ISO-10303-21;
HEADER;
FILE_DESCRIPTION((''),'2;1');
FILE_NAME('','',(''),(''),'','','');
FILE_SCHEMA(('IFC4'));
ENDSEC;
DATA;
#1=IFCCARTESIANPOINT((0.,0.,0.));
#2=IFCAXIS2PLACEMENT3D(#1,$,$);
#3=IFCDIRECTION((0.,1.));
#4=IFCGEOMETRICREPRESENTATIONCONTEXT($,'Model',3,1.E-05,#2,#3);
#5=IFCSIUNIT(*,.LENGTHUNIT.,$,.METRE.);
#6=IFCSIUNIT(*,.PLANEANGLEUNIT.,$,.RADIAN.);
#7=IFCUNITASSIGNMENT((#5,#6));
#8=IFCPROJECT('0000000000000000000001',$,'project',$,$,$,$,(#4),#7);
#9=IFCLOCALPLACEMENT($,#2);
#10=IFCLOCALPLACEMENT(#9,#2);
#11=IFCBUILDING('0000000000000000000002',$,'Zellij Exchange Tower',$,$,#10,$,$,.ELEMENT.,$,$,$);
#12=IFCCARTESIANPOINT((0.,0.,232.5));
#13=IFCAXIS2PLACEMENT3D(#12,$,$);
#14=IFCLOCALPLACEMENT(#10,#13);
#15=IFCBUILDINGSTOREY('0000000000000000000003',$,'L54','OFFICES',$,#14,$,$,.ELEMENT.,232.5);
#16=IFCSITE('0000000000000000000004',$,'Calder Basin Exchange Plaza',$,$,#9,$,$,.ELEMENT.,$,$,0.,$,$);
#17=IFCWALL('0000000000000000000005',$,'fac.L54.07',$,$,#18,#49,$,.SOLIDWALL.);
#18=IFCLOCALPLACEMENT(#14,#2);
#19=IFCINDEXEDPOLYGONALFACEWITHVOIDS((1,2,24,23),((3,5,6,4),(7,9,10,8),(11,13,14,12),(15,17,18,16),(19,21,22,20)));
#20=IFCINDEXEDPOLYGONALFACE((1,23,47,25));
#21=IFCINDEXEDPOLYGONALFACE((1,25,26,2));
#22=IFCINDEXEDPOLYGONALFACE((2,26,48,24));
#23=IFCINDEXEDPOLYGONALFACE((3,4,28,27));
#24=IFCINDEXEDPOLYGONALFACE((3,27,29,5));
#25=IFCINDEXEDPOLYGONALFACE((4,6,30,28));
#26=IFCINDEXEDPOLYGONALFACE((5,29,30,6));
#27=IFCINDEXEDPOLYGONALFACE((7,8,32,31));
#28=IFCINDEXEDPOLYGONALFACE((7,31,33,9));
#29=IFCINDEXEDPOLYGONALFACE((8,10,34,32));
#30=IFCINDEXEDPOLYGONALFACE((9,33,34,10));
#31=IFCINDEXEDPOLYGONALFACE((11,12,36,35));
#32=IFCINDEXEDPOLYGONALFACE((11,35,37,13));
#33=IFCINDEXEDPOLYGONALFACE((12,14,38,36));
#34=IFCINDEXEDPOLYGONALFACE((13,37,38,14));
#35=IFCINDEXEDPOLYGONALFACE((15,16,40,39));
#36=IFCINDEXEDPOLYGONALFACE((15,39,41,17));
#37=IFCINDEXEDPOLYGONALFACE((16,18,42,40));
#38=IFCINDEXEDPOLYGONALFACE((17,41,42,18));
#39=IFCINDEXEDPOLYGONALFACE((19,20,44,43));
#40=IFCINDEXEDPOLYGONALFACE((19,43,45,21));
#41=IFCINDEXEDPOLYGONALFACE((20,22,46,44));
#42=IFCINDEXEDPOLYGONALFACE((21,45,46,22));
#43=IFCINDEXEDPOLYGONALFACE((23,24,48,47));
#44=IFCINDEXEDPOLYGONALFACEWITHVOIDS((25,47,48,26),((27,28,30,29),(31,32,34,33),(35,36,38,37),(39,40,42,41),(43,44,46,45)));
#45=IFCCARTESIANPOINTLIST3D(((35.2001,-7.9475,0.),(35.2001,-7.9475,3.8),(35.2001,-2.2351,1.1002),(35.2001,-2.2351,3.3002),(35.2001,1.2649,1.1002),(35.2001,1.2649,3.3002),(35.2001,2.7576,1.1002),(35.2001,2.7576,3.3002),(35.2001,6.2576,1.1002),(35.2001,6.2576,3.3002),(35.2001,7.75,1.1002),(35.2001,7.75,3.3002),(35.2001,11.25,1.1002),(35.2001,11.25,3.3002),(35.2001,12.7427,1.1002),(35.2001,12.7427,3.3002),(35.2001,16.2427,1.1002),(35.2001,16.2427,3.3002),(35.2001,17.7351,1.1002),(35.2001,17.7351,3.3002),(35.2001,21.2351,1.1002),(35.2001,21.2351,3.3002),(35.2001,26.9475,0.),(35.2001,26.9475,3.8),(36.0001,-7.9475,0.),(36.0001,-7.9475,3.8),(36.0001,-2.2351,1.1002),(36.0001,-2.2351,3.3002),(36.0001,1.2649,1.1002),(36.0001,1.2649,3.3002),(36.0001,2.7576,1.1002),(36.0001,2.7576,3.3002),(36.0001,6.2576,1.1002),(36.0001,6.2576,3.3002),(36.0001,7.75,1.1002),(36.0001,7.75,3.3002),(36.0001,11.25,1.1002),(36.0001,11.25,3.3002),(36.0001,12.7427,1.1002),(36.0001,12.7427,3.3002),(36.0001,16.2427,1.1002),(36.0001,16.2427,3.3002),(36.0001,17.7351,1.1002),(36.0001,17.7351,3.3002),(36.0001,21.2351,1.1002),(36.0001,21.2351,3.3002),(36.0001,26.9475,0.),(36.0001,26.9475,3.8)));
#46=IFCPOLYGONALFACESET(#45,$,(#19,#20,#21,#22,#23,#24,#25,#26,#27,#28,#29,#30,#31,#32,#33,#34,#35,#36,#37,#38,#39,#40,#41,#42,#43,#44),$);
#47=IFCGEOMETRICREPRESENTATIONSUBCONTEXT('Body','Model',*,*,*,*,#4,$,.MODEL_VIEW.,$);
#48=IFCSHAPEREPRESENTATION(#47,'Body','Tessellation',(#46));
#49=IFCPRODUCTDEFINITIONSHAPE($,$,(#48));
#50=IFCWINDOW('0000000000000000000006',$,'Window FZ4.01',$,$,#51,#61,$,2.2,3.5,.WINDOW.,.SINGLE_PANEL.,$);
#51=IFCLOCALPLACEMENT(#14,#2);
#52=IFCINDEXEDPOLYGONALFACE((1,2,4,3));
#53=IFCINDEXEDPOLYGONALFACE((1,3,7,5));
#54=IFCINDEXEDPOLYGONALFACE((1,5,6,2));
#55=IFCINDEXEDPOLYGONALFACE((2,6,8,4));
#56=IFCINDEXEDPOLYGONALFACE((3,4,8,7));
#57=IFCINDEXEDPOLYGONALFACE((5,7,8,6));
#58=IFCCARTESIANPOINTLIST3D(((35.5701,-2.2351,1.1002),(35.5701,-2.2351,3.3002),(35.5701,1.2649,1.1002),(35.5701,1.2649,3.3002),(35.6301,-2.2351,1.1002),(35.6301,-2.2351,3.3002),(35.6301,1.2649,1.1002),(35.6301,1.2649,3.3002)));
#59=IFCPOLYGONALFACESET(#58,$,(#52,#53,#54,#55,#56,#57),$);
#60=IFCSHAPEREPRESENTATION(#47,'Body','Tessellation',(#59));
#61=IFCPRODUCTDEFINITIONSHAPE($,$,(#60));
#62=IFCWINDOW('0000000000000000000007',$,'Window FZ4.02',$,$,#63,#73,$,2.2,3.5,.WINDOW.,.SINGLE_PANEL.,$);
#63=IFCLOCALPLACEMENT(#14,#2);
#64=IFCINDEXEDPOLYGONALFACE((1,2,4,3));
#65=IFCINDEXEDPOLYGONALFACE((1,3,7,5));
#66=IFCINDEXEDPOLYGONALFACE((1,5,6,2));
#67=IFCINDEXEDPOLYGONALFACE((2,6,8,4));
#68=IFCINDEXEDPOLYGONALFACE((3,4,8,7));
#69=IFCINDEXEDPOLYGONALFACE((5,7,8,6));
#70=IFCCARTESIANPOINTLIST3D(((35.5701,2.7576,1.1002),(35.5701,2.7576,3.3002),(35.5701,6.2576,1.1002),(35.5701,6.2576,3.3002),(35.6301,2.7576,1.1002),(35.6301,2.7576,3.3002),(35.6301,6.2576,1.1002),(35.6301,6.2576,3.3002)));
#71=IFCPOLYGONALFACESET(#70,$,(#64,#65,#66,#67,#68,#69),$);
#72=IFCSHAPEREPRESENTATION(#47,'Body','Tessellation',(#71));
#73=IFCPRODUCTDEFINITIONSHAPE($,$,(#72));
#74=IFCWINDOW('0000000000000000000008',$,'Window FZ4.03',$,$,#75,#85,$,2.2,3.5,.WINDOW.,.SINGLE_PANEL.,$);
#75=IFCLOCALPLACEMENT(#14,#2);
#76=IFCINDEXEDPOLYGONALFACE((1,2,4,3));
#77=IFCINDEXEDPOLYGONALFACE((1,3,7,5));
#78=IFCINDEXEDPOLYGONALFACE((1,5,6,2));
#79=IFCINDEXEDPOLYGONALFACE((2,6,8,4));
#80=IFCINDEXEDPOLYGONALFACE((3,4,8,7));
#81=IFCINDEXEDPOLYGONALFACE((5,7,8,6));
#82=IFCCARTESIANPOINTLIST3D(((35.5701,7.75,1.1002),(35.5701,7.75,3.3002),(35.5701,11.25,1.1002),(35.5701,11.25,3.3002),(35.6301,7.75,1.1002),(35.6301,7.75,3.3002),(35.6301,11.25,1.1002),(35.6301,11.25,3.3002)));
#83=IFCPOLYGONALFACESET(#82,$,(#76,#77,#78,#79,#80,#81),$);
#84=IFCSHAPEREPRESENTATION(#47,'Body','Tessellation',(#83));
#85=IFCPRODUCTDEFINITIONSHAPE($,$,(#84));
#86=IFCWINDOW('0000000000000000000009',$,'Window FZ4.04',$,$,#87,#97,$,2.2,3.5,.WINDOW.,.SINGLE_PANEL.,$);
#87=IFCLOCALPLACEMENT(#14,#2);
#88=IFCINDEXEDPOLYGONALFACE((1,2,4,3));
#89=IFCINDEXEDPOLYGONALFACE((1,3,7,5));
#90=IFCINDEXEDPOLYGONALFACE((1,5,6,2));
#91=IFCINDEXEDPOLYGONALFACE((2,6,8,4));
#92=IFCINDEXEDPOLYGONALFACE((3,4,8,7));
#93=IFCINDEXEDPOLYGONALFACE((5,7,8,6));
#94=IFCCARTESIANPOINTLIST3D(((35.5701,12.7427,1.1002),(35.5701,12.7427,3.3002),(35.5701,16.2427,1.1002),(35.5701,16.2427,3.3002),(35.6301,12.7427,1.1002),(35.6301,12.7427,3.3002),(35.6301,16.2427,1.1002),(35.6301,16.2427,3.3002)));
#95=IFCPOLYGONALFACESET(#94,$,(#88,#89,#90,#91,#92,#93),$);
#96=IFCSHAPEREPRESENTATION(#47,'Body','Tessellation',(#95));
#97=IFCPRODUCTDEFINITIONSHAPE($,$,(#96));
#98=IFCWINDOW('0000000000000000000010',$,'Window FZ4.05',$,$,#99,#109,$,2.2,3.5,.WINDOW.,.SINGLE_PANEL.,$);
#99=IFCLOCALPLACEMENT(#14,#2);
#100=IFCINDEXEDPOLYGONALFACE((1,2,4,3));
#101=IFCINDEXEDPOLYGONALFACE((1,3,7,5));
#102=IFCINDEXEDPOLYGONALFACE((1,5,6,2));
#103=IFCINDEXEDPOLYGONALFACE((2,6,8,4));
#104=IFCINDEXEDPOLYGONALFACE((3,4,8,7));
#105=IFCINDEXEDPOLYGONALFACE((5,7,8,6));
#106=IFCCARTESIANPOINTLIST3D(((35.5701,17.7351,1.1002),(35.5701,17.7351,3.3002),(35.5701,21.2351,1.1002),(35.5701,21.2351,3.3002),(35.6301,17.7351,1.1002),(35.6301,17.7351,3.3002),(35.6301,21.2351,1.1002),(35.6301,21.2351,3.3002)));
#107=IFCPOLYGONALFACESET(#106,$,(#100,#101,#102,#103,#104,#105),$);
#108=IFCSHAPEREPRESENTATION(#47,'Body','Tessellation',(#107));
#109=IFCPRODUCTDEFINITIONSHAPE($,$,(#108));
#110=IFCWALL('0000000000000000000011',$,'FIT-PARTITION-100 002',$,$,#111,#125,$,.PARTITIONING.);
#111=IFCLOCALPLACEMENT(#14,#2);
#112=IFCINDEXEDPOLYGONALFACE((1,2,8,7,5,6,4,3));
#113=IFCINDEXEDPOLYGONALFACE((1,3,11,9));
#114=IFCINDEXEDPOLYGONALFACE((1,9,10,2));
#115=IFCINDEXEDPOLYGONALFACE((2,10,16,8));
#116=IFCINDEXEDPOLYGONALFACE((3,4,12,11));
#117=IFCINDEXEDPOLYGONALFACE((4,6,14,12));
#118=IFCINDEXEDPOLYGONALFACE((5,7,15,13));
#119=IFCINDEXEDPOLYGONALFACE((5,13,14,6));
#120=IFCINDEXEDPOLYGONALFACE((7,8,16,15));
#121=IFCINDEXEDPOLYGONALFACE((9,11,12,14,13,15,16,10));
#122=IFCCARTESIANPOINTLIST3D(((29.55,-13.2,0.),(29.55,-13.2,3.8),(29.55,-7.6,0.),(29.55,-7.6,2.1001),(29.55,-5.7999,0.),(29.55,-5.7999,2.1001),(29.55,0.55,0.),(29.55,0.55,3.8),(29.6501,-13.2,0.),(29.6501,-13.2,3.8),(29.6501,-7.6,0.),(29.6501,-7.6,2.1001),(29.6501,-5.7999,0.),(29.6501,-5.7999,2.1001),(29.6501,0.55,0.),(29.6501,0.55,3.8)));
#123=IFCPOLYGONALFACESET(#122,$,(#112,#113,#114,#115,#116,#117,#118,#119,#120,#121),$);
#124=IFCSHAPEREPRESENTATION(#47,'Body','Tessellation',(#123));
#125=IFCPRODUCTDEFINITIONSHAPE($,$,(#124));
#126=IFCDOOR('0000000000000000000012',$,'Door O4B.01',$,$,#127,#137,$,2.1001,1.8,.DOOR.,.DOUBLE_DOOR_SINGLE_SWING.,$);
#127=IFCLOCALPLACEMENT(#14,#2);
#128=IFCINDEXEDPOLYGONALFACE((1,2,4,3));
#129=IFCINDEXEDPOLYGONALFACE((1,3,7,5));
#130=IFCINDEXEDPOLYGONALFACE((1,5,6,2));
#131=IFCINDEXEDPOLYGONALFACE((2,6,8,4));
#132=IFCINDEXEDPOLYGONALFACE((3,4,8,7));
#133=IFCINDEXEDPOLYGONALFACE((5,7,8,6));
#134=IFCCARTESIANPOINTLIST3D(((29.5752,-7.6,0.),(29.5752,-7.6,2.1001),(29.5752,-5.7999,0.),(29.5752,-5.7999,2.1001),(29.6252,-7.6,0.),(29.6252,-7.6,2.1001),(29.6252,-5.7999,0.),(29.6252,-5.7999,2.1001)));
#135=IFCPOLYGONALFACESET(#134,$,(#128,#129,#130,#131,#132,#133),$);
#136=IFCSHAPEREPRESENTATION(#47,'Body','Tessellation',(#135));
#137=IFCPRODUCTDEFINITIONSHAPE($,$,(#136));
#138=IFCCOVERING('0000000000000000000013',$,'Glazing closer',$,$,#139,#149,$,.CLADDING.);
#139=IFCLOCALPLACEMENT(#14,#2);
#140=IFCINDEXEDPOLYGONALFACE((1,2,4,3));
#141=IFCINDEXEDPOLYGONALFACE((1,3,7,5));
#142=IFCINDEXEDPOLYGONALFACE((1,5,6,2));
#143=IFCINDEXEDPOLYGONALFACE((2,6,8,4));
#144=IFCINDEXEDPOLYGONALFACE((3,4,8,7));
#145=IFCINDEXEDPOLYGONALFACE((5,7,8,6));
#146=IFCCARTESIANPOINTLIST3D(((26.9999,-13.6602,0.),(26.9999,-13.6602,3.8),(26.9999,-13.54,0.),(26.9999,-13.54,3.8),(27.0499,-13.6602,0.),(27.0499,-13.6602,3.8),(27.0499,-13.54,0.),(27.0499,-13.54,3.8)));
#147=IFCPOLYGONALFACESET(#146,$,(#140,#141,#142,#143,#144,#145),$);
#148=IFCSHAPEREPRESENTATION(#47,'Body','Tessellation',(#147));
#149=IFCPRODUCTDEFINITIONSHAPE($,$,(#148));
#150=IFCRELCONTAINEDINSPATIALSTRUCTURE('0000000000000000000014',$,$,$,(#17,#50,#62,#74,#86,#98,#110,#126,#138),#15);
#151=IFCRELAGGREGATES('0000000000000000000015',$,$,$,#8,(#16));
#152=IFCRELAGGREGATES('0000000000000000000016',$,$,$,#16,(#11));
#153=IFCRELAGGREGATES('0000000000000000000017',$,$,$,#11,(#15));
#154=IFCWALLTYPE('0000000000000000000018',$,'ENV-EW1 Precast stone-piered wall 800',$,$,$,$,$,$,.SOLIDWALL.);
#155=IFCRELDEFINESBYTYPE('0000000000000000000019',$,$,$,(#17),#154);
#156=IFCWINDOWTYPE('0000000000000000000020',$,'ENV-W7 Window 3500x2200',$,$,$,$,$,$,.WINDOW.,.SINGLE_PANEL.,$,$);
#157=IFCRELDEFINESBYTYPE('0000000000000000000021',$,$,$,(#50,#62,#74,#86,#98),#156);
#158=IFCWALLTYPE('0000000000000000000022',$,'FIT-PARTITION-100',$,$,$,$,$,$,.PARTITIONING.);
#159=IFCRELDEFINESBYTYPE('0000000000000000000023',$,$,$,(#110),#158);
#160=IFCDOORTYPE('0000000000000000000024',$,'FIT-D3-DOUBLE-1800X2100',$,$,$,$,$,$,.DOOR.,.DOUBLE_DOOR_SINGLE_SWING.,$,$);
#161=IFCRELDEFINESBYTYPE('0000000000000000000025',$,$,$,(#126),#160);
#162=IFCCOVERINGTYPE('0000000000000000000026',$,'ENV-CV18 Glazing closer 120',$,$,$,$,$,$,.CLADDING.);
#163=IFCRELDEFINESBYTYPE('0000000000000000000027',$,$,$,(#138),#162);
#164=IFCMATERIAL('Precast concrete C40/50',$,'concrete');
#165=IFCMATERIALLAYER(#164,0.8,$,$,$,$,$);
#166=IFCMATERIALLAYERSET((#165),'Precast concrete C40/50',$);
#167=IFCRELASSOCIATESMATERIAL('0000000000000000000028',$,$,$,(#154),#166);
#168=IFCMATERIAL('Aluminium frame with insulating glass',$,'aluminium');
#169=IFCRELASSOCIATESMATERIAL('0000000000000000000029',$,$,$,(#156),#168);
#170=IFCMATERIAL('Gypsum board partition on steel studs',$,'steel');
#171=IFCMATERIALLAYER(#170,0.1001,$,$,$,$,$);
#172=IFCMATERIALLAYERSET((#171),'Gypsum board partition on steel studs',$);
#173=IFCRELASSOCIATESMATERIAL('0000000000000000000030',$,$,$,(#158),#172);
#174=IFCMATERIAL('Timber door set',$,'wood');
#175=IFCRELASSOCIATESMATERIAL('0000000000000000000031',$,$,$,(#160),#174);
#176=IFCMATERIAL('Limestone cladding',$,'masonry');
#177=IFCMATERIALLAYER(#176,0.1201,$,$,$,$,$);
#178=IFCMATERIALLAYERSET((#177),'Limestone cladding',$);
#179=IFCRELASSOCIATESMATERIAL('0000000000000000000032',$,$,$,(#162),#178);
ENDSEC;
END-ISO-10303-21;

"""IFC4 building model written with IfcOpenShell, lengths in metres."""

from ifc_helpers import new_model, si_unit, direction, frame, frame_2d, origin, origin_2d, place, context, subcontext, project, spatial, rectangle, extrude, material, layer, layer_set, type_object, element, fill, save


model = new_model("IFC4")

# Units and contexts
model_context = context("Model", 3, precision=1e-05, world=origin(), true_north=direction((0.0, 1.0)))
body_context = subcontext(model_context, "Body", "Model", "MODEL_VIEW")
ifc_project = project(units=[si_unit("LENGTHUNIT", "METRE"), si_unit("PLANEANGLEUNIT", "RADIAN")], contexts=[model_context])

# Site, building, storey
site_placement = place(None, origin())
site = spatial("IfcSite", under=ifc_project, at=site_placement, Name="Calder Basin Exchange Plaza", CompositionType="ELEMENT", RefElevation=0.0)
building_placement = place(site_placement, origin())
building = spatial("IfcBuilding", under=site, at=building_placement, Name="Zellij Exchange Tower", CompositionType="ELEMENT")
storey_placement = place(building_placement, frame((0.0, 0.0, 232.5)))
storey = spatial("IfcBuildingStorey", under=building, at=storey_placement, Name="L54", Description="OFFICES", CompositionType="ELEMENT", Elevation=232.5)

# Shared definitions
ifc_material_1 = material(Name="Precast concrete C40/50", Category="concrete")
ifc_layer_1 = layer(ifc_material_1, 0.8)
ifc_layer_set_1 = layer_set([ifc_layer_1], Name="Precast concrete C40/50")
wall_type_1 = type_object("IfcWallType", Name="ENV-EW1 Precast stone-piered wall 800", PredefinedType="SOLIDWALL", material=ifc_layer_set_1)

# Wall, openings, windows
wall_1_placement = place(storey_placement, frame((35.6001, -7.9475, 0.0), z_axis=(0.0, 0.0, 1.0), x_axis=(0.0, 1.0, 0.0)))
wall_1 = element("IfcWall", 1, at=wall_1_placement, inside=storey, type_object=wall_type_1, Name="fac.L54.07", PredefinedType="SOLIDWALL", context=body_context, shape_type="SweptSolid", body=[
    extrude(rectangle(XDim=34.895, YDim=0.8, at=frame_2d((17.4475, 0.0))), origin(), (0.0, 0.0, 1.0), 3.8),
])
opening_1_placement = place(wall_1_placement, frame((5.7124, 0.0, 1.1001)))
opening_1 = element("IfcOpeningElement", 2, at=opening_1_placement, cuts=wall_1, PredefinedType="OPENING", context=body_context, shape_type="SweptSolid", body=[
    extrude(rectangle(XDim=3.5, YDim=2.2, at=frame_2d((1.75, 1.1001))), frame((0.0, 0.4121, 0.0), z_axis=(0.0, -1.0, 0.0), x_axis=(1.0, 0.0, 0.0)), (0.0, 0.0, 1.0), 0.824),
])
opening_2_placement = place(wall_1_placement, frame((10.7051, 0.0, 1.1001)))
opening_2 = element("IfcOpeningElement", 3, at=opening_2_placement, cuts=wall_1, PredefinedType="OPENING", context=body_context, shape_type="SweptSolid", body=[
    extrude(rectangle(XDim=3.5, YDim=2.2, at=frame_2d((1.75, 1.1001))), frame((0.0, 0.4121, 0.0), z_axis=(0.0, -1.0, 0.0), x_axis=(1.0, 0.0, 0.0)), (0.0, 0.0, 1.0), 0.824),
])
opening_3_placement = place(wall_1_placement, frame((15.6975, 0.0, 1.1001)))
opening_3 = element("IfcOpeningElement", 4, at=opening_3_placement, cuts=wall_1, PredefinedType="OPENING", context=body_context, shape_type="SweptSolid", body=[
    extrude(rectangle(XDim=3.5, YDim=2.2, at=frame_2d((1.75, 1.1001))), frame((0.0, 0.4121, 0.0), z_axis=(0.0, -1.0, 0.0), x_axis=(1.0, 0.0, 0.0)), (0.0, 0.0, 1.0), 0.824),
])
opening_4_placement = place(wall_1_placement, frame((20.6902, 0.0, 1.1001)))
opening_4 = element("IfcOpeningElement", 5, at=opening_4_placement, cuts=wall_1, PredefinedType="OPENING", context=body_context, shape_type="SweptSolid", body=[
    extrude(rectangle(XDim=3.5, YDim=2.2, at=frame_2d((1.75, 1.1001))), frame((0.0, 0.4121, 0.0), z_axis=(0.0, -1.0, 0.0), x_axis=(1.0, 0.0, 0.0)), (0.0, 0.0, 1.0), 0.824),
])
opening_5_placement = place(wall_1_placement, frame((25.6826, 0.0, 1.1001)))
opening_5 = element("IfcOpeningElement", 6, at=opening_5_placement, cuts=wall_1, PredefinedType="OPENING", context=body_context, shape_type="SweptSolid", body=[
    extrude(rectangle(XDim=3.5, YDim=2.2, at=frame_2d((1.75, 1.1001))), frame((0.0, 0.4121, 0.0), z_axis=(0.0, -1.0, 0.0), x_axis=(1.0, 0.0, 0.0)), (0.0, 0.0, 1.0), 0.824),
])
ifc_material_2 = material(Name="Aluminium frame with insulating glass", Category="aluminium")
window_type = type_object("IfcWindowType", Name="ENV-W7 Window 3500x2200", PartitioningType="SINGLE_PANEL", PredefinedType="WINDOW", material=ifc_material_2)
window_1_placement = place(opening_1_placement, origin())
window_1 = element("IfcWindow", 7, at=window_1_placement, inside=storey, type_object=window_type, Name="Window FZ4.01", OverallHeight=2.2, OverallWidth=3.5, PartitioningType="SINGLE_PANEL", PredefinedType="WINDOW", context=body_context, shape_type="SweptSolid", body=[
    extrude(rectangle(XDim=3.5, YDim=2.2, at=frame_2d((1.75, 1.1001))), frame((0.0, 0.03, 0.0), z_axis=(0.0, -1.0, 0.0), x_axis=(1.0, 0.0, 0.0)), (0.0, 0.0, 1.0), 0.0601),
])
fill(opening_1, window_1)
window_2_placement = place(opening_2_placement, origin())
window_2 = element("IfcWindow", 8, at=window_2_placement, inside=storey, type_object=window_type, Name="Window FZ4.02", OverallHeight=2.2, OverallWidth=3.5, PartitioningType="SINGLE_PANEL", PredefinedType="WINDOW", context=body_context, shape_type="SweptSolid", body=[
    extrude(rectangle(XDim=3.5, YDim=2.2, at=frame_2d((1.75, 1.1001))), frame((0.0, 0.03, 0.0), z_axis=(0.0, -1.0, 0.0), x_axis=(1.0, 0.0, 0.0)), (0.0, 0.0, 1.0), 0.0601),
])
fill(opening_2, window_2)
window_3_placement = place(opening_3_placement, origin())
window_3 = element("IfcWindow", 9, at=window_3_placement, inside=storey, type_object=window_type, Name="Window FZ4.03", OverallHeight=2.2, OverallWidth=3.5, PartitioningType="SINGLE_PANEL", PredefinedType="WINDOW", context=body_context, shape_type="SweptSolid", body=[
    extrude(rectangle(XDim=3.5, YDim=2.2, at=frame_2d((1.75, 1.1001))), frame((0.0, 0.03, 0.0), z_axis=(0.0, -1.0, 0.0), x_axis=(1.0, 0.0, 0.0)), (0.0, 0.0, 1.0), 0.0601),
])
fill(opening_3, window_3)
window_4_placement = place(opening_4_placement, origin())
window_4 = element("IfcWindow", 10, at=window_4_placement, inside=storey, type_object=window_type, Name="Window FZ4.04", OverallHeight=2.2, OverallWidth=3.5, PartitioningType="SINGLE_PANEL", PredefinedType="WINDOW", context=body_context, shape_type="SweptSolid", body=[
    extrude(rectangle(XDim=3.5, YDim=2.2, at=frame_2d((1.75, 1.1001))), frame((0.0, 0.03, 0.0), z_axis=(0.0, -1.0, 0.0), x_axis=(1.0, 0.0, 0.0)), (0.0, 0.0, 1.0), 0.0601),
])
fill(opening_4, window_4)
window_5_placement = place(opening_5_placement, origin())
window_5 = element("IfcWindow", 11, at=window_5_placement, inside=storey, type_object=window_type, Name="Window FZ4.05", OverallHeight=2.2, OverallWidth=3.5, PartitioningType="SINGLE_PANEL", PredefinedType="WINDOW", context=body_context, shape_type="SweptSolid", body=[
    extrude(rectangle(XDim=3.5, YDim=2.2, at=frame_2d((1.75, 1.1001))), frame((0.0, 0.03, 0.0), z_axis=(0.0, -1.0, 0.0), x_axis=(1.0, 0.0, 0.0)), (0.0, 0.0, 1.0), 0.0601),
])
fill(opening_5, window_5)

# Wall, opening, door
ifc_material_3 = material(Name="Gypsum board partition on steel studs", Category="steel")
ifc_layer_2 = layer(ifc_material_3, 0.1001)
ifc_layer_set_2 = layer_set([ifc_layer_2], Name="Gypsum board partition on steel studs")
wall_type_2 = type_object("IfcWallType", Name="FIT-PARTITION-100", PredefinedType="PARTITIONING", material=ifc_layer_set_2)
wall_2_placement = place(storey_placement, frame((29.6001, -13.2, 0.0), z_axis=(0.0, 0.0, 1.0), x_axis=(0.0, 1.0, 0.0)))
wall_2 = element("IfcWall", 12, at=wall_2_placement, inside=storey, type_object=wall_type_2, Name="FIT-PARTITION-100 002", PredefinedType="PARTITIONING", context=body_context, shape_type="SweptSolid", body=[
    extrude(rectangle(XDim=13.75, YDim=0.1001, at=frame_2d((6.875, 0.0))), origin(), (0.0, 0.0, 1.0), 3.8),
])
opening_6_placement = place(wall_2_placement, frame((5.6001, 0.0, 0.0)))
opening_6 = element("IfcOpeningElement", 13, at=opening_6_placement, cuts=wall_2, PredefinedType="OPENING", context=body_context, shape_type="SweptSolid", body=[
    extrude(rectangle(XDim=1.8, YDim=2.1001, at=frame_2d((0.8999, 1.05))), frame((0.0, 0.062, 0.0), z_axis=(0.0, -1.0, 0.0), x_axis=(1.0, 0.0, 0.0)), (0.0, 0.0, 1.0), 0.124),
])
ifc_material_4 = material(Name="Timber door set", Category="wood")
door_type_1 = type_object("IfcDoorType", Name="FIT-D3-DOUBLE-1800X2100", OperationType="DOUBLE_DOOR_SINGLE_SWING", PredefinedType="DOOR", material=ifc_material_4)
door_1_placement = place(opening_6_placement, origin())
door_1 = element("IfcDoor", 14, at=door_1_placement, inside=storey, type_object=door_type_1, Name="Door O4B.01", OperationType="DOUBLE_DOOR_SINGLE_SWING", OverallHeight=2.1001, OverallWidth=1.8, PredefinedType="DOOR", context=body_context, shape_type="SweptSolid", body=[
    extrude(rectangle(XDim=1.8, YDim=2.1001, at=frame_2d((0.8999, 1.05))), frame((0.0, 0.0249, 0.0), z_axis=(0.0, -1.0, 0.0), x_axis=(1.0, 0.0, 0.0)), (0.0, 0.0, 1.0), 0.05),
])
fill(opening_6, door_1)

# Covering
ifc_material_5 = material(Name="Limestone cladding", Category="masonry")
ifc_layer_3 = layer(ifc_material_5, 0.1201)
ifc_layer_set_3 = layer_set([ifc_layer_3], Name="Limestone cladding")
covering_type = type_object("IfcCoveringType", Name="ENV-CV18 Glazing closer 120", PredefinedType="CLADDING", material=ifc_layer_set_3)
covering_placement = place(storey_placement, frame((27.0249, -13.6001, 0.0), z_axis=(0.0, 0.0, 1.0), x_axis=(-1.0, 0.0, 0.0)))
element("IfcCovering", 15, at=covering_placement, inside=storey, type_object=covering_type, Name="Glazing closer", PredefinedType="CLADDING", context=body_context, shape_type="SweptSolid", body=[
    extrude(rectangle(XDim=0.05, YDim=0.1201, at=origin_2d()), origin(), (0.0, 0.0, 1.0), 3.8),
])

save(model, "model.ifc")
